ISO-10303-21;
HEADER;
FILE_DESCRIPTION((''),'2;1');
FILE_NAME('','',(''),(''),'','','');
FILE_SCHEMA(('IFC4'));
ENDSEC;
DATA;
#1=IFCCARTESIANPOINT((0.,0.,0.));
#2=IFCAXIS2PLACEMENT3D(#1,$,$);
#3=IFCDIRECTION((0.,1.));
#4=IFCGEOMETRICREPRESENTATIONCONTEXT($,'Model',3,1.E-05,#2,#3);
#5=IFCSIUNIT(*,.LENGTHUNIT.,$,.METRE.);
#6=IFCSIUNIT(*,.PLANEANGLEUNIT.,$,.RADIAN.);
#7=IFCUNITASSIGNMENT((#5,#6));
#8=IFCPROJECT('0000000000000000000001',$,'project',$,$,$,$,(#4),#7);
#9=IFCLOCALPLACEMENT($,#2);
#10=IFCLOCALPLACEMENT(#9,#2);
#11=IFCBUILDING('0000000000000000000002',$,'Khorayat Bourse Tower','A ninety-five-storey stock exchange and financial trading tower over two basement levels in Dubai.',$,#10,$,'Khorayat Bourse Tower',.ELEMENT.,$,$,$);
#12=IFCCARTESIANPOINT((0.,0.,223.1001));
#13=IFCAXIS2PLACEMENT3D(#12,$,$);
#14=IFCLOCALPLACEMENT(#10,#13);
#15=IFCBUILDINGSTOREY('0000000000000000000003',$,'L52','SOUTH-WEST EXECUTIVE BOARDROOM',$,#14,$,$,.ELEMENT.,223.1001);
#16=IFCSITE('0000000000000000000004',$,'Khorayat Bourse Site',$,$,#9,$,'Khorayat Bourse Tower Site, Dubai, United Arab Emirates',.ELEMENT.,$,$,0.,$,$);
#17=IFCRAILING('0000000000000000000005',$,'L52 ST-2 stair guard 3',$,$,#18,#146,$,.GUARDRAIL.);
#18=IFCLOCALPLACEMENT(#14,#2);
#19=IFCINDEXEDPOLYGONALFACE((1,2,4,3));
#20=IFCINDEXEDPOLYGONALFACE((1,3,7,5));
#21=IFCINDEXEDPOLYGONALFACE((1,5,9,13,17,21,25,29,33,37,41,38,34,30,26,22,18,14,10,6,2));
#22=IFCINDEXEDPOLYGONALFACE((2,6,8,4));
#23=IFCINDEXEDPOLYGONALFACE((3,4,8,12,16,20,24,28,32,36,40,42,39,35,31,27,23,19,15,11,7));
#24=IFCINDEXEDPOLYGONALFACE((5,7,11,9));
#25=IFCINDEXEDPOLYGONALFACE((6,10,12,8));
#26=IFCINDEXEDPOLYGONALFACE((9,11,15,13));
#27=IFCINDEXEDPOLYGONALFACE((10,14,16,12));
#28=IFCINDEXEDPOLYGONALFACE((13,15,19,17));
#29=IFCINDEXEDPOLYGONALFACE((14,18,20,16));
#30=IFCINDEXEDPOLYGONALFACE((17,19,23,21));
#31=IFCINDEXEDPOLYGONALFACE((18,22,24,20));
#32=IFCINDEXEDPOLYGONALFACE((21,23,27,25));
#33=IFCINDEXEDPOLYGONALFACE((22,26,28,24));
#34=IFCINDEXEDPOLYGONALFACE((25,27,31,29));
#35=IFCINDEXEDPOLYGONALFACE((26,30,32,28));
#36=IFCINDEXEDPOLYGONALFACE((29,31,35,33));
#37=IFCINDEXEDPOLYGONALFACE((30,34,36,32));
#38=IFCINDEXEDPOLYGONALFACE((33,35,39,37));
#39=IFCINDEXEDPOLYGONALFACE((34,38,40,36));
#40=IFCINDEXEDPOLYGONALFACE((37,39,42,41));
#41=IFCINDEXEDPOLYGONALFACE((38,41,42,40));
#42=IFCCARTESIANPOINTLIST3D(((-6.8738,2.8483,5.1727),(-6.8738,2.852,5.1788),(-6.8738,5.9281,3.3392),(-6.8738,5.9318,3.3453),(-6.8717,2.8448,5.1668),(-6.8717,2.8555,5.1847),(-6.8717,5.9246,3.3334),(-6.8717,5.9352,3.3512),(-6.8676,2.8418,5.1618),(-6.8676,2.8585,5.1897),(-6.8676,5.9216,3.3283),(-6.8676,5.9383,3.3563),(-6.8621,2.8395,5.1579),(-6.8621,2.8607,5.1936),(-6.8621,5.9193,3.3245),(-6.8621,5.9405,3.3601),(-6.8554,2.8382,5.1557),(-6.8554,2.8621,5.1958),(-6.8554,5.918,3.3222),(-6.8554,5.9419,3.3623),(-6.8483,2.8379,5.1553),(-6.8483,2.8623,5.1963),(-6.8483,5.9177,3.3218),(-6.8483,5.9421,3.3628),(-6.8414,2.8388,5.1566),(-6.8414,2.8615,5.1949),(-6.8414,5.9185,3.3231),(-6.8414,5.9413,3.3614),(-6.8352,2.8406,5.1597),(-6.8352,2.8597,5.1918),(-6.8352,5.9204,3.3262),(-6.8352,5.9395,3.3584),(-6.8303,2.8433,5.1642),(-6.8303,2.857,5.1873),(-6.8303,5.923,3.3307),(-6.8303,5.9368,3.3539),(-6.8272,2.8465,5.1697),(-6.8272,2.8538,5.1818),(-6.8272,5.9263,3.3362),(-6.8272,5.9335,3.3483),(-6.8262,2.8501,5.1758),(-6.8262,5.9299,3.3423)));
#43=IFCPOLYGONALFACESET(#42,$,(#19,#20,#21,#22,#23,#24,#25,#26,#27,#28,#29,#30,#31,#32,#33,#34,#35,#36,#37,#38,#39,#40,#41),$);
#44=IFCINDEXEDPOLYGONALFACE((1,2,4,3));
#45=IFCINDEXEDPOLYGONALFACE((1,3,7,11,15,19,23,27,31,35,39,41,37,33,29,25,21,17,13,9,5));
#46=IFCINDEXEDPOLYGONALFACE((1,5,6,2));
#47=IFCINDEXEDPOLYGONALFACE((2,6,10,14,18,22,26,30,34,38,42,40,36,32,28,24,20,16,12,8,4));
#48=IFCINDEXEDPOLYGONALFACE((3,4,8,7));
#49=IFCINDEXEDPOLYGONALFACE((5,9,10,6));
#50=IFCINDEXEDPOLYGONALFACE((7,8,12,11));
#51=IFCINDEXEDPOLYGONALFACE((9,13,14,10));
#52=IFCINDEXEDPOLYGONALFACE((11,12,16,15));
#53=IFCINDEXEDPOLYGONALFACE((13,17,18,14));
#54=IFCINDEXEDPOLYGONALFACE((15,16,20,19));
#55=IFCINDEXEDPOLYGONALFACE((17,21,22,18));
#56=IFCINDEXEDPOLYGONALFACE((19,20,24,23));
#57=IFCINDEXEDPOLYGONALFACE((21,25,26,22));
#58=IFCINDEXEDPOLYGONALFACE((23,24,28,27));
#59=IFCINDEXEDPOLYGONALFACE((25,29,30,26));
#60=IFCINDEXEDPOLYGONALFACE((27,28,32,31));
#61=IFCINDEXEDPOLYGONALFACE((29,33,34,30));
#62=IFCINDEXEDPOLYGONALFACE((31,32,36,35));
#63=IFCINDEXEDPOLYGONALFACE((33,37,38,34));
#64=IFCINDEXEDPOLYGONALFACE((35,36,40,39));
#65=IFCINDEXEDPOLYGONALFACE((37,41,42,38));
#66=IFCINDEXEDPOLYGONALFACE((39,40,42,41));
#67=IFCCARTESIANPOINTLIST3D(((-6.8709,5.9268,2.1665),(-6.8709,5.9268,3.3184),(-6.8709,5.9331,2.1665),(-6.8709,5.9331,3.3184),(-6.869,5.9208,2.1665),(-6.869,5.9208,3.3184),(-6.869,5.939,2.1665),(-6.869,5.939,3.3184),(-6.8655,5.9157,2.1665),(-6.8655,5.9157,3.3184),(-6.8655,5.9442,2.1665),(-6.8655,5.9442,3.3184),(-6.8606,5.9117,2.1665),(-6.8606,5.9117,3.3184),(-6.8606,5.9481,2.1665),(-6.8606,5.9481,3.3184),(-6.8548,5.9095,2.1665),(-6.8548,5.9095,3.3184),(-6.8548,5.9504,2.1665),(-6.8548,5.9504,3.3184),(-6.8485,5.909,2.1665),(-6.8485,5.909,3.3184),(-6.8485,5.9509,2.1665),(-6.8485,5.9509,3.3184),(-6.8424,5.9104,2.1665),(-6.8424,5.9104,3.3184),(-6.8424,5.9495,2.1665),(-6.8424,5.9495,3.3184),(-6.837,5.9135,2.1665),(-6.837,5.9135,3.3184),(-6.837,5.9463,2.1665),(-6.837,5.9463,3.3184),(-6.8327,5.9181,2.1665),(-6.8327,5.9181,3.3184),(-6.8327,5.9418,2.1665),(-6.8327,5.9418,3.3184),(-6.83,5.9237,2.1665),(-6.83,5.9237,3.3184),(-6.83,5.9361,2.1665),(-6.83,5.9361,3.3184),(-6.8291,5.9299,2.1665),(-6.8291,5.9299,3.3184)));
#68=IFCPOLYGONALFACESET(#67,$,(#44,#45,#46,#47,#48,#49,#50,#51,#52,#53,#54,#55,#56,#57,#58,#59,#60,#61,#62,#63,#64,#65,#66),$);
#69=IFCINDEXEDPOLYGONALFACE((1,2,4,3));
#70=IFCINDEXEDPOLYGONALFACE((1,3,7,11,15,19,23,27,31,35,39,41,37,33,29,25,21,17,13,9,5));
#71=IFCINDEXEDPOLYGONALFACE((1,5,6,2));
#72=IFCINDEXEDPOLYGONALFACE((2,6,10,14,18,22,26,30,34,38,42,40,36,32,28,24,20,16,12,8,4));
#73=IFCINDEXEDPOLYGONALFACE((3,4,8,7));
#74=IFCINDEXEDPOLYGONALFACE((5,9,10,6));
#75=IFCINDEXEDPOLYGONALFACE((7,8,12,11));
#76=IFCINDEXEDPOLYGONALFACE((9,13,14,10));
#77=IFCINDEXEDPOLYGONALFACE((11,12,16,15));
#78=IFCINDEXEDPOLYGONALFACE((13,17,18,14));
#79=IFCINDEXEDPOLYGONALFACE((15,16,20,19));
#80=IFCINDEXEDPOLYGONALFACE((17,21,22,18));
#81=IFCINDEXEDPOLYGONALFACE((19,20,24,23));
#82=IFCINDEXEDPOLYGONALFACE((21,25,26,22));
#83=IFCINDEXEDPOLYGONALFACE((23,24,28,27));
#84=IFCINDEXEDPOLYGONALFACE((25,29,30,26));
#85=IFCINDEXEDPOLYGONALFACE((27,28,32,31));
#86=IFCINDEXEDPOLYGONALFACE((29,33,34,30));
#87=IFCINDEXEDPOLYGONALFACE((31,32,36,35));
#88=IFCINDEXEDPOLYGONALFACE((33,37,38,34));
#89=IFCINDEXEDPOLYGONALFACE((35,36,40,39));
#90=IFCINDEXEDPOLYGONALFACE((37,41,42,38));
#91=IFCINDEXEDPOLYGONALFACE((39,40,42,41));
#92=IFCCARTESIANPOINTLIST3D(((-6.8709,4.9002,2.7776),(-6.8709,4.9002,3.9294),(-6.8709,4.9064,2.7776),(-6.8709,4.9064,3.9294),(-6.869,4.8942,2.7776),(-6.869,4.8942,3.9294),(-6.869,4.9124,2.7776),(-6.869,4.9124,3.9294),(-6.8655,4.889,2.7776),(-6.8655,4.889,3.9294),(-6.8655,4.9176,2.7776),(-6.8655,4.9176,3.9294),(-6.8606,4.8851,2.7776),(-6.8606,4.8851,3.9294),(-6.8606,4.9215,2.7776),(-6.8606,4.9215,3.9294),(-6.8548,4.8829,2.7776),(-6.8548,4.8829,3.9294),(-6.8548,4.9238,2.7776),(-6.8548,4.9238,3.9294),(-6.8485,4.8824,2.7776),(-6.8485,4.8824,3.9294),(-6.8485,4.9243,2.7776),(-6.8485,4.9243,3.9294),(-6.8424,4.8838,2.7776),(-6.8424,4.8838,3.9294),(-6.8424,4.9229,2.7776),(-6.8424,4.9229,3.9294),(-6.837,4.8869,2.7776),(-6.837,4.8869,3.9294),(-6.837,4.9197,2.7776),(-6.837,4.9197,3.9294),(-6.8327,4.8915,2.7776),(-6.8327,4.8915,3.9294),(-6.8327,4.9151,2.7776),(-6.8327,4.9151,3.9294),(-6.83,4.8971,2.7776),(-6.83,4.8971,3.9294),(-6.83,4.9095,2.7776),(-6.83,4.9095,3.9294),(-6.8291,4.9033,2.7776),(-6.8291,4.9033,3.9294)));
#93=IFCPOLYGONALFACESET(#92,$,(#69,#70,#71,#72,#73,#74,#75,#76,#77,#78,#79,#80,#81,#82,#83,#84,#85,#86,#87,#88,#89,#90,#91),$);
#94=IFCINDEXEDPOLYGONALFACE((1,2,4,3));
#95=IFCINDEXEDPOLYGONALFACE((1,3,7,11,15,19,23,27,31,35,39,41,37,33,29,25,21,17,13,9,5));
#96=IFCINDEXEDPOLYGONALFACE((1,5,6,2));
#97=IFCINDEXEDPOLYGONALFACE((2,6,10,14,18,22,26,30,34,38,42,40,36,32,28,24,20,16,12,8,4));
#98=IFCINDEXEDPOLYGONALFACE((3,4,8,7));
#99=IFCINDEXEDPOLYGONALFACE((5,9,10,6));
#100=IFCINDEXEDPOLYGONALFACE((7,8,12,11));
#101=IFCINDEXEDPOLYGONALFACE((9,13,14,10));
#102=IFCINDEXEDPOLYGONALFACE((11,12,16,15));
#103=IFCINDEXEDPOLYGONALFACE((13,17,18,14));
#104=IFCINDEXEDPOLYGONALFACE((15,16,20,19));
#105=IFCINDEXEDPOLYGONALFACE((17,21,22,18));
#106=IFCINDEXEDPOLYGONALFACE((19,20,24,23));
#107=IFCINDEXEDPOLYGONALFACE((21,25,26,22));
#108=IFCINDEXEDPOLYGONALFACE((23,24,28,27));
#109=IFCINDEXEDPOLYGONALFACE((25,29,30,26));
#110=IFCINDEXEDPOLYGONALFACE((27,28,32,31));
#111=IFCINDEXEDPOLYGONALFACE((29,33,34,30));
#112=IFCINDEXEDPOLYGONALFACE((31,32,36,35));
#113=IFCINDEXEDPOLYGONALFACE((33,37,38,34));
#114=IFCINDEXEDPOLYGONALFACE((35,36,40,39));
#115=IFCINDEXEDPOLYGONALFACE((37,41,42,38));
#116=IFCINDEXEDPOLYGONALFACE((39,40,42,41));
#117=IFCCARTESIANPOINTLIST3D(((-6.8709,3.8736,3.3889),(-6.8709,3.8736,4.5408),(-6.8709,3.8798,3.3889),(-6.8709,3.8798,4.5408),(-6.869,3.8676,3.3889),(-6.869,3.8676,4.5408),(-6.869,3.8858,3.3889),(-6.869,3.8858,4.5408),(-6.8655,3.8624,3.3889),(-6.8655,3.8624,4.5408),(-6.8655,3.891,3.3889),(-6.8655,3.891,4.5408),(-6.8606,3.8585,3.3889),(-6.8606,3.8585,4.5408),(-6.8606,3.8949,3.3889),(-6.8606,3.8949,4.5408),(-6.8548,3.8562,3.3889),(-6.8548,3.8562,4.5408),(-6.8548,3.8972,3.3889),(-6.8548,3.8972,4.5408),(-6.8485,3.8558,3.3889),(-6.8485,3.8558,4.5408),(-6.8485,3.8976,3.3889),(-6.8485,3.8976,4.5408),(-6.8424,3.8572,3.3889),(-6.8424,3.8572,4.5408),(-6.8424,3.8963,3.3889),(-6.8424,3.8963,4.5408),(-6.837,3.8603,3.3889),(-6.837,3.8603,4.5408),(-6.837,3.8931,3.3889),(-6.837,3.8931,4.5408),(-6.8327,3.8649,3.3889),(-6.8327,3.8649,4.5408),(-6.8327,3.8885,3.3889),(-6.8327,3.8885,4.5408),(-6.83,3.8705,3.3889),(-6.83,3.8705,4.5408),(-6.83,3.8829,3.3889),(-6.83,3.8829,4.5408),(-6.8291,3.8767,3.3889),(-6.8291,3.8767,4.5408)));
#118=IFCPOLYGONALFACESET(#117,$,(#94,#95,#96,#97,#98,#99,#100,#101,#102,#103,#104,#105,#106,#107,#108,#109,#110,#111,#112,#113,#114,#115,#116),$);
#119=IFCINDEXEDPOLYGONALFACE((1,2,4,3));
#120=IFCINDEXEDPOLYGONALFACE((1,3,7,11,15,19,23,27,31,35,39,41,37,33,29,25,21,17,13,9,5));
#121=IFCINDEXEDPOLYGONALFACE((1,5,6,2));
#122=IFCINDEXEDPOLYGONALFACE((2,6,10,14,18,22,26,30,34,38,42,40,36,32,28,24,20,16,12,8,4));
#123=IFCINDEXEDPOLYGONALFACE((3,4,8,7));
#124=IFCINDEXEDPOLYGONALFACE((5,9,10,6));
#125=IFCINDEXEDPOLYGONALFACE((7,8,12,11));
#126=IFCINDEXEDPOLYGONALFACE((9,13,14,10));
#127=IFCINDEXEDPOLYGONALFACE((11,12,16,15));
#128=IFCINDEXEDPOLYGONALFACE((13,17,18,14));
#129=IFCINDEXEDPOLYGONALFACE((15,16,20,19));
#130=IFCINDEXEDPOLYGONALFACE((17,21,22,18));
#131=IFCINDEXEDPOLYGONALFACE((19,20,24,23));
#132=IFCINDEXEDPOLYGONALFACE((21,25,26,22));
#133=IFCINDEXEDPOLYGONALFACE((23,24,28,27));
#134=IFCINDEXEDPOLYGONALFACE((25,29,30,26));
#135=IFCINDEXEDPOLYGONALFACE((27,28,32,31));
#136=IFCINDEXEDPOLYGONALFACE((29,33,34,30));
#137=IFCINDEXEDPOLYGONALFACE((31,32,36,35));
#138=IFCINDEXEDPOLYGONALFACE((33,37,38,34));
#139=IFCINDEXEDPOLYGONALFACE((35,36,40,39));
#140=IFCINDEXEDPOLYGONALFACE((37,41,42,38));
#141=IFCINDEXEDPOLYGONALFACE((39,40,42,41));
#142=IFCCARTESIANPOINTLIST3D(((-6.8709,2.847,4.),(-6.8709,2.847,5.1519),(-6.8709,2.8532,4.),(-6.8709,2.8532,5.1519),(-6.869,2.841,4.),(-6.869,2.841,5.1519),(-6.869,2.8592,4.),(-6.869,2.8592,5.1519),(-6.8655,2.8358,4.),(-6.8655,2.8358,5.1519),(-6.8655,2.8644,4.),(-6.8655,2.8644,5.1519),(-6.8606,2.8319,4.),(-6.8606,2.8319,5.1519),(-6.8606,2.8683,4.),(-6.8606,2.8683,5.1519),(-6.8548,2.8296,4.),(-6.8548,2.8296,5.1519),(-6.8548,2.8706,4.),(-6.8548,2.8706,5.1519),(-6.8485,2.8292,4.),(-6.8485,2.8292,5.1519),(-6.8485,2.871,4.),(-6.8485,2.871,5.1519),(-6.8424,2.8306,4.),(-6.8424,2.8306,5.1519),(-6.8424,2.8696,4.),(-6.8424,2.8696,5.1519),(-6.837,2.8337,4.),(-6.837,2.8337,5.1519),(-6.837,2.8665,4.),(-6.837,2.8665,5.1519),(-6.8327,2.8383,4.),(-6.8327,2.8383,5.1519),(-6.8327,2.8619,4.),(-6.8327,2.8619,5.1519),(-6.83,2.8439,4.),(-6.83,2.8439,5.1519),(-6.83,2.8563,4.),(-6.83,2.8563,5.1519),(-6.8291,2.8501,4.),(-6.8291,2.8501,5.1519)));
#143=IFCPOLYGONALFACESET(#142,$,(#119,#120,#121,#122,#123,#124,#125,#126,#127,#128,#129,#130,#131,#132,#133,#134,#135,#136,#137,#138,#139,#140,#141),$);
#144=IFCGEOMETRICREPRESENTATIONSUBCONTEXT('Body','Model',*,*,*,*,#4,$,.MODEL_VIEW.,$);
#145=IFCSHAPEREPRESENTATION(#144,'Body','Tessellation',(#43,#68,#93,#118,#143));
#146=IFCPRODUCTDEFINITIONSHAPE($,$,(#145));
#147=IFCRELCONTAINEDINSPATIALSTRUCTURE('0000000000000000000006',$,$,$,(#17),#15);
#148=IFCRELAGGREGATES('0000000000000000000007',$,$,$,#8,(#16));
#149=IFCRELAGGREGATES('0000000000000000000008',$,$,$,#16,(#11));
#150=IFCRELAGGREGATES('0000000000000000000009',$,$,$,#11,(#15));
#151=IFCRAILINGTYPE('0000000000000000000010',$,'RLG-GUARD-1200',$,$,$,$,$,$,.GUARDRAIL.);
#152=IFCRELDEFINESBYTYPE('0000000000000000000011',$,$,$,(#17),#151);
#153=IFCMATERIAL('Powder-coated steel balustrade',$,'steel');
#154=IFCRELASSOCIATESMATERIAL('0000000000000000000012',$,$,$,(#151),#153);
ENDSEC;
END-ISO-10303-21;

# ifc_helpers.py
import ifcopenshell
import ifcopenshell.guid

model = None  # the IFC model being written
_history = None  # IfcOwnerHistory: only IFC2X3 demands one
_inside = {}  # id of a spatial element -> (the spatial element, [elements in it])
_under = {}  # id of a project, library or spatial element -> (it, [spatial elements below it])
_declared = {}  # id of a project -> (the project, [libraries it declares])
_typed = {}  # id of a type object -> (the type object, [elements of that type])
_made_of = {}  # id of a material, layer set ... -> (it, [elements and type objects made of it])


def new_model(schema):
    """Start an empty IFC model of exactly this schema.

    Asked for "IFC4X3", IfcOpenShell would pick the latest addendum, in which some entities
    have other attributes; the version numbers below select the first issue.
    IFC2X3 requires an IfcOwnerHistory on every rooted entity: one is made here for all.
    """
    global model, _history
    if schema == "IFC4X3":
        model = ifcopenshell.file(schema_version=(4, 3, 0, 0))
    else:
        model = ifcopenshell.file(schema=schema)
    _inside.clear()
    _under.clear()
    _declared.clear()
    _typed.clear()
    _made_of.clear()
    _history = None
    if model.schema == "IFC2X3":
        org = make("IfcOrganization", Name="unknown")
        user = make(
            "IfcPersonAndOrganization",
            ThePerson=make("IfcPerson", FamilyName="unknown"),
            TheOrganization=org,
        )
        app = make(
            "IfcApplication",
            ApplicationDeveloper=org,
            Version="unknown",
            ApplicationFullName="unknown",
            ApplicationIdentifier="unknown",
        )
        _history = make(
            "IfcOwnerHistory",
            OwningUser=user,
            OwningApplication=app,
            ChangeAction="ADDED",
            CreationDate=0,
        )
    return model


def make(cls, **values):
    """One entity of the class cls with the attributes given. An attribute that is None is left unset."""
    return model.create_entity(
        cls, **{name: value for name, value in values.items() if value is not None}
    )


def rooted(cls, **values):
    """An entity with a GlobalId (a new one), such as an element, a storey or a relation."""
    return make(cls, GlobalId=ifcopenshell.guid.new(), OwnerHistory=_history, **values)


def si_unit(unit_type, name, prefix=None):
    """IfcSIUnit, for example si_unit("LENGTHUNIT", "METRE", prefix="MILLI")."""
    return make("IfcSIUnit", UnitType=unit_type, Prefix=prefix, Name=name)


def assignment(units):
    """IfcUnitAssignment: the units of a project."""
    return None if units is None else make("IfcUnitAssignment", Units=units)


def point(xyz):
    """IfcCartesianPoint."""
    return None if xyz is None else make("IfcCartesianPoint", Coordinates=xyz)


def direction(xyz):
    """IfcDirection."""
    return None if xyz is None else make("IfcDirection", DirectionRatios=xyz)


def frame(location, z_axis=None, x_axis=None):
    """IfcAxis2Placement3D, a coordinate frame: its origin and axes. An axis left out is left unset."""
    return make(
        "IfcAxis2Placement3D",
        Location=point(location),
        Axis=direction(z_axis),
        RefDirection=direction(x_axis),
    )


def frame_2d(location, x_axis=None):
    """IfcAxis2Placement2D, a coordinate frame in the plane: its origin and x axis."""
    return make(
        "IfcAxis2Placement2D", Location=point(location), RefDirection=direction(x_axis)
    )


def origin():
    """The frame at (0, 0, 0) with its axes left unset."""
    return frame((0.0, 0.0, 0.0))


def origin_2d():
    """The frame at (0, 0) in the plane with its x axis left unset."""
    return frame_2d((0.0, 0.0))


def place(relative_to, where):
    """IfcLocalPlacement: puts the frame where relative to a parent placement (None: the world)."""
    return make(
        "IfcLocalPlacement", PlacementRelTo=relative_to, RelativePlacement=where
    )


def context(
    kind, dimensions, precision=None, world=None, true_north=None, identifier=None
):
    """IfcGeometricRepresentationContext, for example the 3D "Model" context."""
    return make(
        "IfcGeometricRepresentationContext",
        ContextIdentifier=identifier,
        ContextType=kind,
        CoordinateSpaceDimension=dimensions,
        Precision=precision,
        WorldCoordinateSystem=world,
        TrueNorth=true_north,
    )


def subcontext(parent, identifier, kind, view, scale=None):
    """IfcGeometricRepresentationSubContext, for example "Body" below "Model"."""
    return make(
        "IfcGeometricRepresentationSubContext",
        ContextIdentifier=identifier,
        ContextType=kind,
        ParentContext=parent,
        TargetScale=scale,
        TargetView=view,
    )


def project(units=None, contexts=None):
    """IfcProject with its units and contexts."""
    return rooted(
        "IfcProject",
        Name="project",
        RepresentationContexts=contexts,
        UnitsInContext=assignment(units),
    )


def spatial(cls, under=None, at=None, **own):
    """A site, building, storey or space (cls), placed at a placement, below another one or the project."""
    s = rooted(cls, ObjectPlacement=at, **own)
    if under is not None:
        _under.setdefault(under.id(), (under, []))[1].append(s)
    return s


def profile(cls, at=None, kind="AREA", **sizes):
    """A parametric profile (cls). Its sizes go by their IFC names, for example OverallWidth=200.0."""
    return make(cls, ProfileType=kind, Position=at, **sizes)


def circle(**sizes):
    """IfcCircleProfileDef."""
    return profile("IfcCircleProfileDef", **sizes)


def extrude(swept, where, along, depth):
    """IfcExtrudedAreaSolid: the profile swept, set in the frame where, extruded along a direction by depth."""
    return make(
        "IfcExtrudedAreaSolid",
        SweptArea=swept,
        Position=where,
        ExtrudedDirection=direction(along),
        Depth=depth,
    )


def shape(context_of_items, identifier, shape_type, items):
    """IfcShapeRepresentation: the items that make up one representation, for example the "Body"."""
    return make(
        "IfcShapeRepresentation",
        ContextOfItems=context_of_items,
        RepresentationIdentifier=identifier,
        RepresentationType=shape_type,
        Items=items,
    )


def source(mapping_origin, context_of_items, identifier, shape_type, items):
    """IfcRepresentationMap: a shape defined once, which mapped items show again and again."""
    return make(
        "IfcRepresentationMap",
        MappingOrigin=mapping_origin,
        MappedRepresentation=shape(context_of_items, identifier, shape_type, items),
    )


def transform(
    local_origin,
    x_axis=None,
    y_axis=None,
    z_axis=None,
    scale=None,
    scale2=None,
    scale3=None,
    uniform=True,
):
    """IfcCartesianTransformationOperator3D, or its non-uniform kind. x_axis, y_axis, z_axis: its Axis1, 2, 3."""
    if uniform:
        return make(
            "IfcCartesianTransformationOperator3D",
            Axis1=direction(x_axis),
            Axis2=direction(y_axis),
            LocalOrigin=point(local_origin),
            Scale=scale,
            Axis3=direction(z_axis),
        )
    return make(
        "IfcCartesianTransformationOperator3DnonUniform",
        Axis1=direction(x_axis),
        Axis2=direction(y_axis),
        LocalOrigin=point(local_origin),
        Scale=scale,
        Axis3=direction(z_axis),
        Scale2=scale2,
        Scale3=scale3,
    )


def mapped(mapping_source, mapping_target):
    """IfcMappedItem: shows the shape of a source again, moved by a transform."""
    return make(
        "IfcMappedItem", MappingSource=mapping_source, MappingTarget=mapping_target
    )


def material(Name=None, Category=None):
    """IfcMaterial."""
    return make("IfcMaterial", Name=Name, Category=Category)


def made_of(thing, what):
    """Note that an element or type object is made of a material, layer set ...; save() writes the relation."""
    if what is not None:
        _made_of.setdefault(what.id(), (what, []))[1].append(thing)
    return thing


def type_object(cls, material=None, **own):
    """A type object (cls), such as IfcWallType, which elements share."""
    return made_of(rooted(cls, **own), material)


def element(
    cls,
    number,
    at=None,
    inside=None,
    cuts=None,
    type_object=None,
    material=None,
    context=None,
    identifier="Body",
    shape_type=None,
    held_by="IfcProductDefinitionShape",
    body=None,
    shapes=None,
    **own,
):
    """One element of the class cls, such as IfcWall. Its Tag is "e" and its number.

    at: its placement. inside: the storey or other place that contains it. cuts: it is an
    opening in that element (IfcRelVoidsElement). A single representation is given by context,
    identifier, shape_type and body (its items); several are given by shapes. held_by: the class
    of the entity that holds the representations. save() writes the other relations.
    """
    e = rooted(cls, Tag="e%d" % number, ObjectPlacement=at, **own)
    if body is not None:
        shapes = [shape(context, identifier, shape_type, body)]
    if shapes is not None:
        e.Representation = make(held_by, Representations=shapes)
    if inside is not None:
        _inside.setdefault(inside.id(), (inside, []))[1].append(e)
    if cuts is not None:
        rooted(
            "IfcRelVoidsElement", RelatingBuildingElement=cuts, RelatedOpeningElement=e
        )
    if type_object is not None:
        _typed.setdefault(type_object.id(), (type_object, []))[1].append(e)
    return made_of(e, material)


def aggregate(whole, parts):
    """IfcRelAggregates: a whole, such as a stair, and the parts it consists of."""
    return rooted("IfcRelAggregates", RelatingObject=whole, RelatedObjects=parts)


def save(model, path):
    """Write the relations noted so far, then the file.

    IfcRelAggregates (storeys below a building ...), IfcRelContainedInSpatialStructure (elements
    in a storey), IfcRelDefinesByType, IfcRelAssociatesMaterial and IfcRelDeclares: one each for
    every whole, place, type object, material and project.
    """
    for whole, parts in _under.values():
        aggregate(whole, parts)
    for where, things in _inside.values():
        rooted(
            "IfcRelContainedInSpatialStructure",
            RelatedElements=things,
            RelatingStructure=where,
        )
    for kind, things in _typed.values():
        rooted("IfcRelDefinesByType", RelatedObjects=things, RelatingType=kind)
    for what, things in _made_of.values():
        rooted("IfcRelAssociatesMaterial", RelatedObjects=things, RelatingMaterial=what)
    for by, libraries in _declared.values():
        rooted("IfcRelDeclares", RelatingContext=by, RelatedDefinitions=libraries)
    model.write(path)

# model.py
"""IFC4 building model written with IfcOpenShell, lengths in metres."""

from ifc_helpers import new_model, si_unit, direction, frame, origin, origin_2d, place, context, subcontext, project, spatial, circle, extrude, source, transform, mapped, material, type_object, element, save


model = new_model("IFC4")

# Units and contexts
model_context = context("Model", 3, precision=1e-05, world=origin(), true_north=direction((0.0, 1.0)))
body_context = subcontext(model_context, "Body", "Model", "MODEL_VIEW")
ifc_project = project(units=[si_unit("LENGTHUNIT", "METRE"), si_unit("PLANEANGLEUNIT", "RADIAN")], contexts=[model_context])

# Site, building, storey
site_placement = place(None, origin())
site = spatial("IfcSite", under=ifc_project, at=site_placement, Name="Khorayat Bourse Site", LongName="Khorayat Bourse Tower Site, Dubai, United Arab Emirates", CompositionType="ELEMENT", RefElevation=0.0)
building_placement = place(site_placement, origin())
building = spatial("IfcBuilding", under=site, at=building_placement, Name="Khorayat Bourse Tower", Description="A ninety-five-storey stock exchange and financial trading tower over two basement levels in Dubai.", LongName="Khorayat Bourse Tower", CompositionType="ELEMENT")
storey_placement = place(building_placement, frame((0.0, 0.0, 223.1001)))
storey = spatial("IfcBuildingStorey", under=building, at=storey_placement, Name="L52", Description="SOUTH-WEST EXECUTIVE BOARDROOM", CompositionType="ELEMENT", Elevation=223.1001)

# Railing
ifc_material_1 = material(Name="Powder-coated steel balustrade", Category="steel")
railing_type_1 = type_object("IfcRailingType", Name="RLG-GUARD-1200", PredefinedType="GUARDRAIL", material=ifc_material_1)
shared_shape_1 = source(origin(), body_context, "Body", "SweptSolid", [
    extrude(circle(Radius=0.0239, at=origin_2d()), frame((0.0, 0.0, 1.1758), z_axis=(0.0, -0.859261, 0.511538), x_axis=(1.0, 0.0, 0.0)), (0.0, 0.0, 1.0), 3.5842),
    extrude(circle(Radius=0.021, at=origin_2d()), origin(), (0.0, 0.0, 1.0), 1.1519),
    extrude(circle(Radius=0.021, at=origin_2d()), frame((0.0, -1.0266, 0.6111)), (0.0, 0.0, 1.0), 1.1519),
    extrude(circle(Radius=0.021, at=origin_2d()), frame((0.0, -2.0532, 1.2224)), (0.0, 0.0, 1.0), 1.1519),
    extrude(circle(Radius=0.021, at=origin_2d()), frame((0.0, -3.0798, 1.8335)), (0.0, 0.0, 1.0), 1.1519),
])
railing_1_placement = place(storey_placement, frame((-6.8501, 5.9299, 2.1665)))
element("IfcRailing", 1, at=railing_1_placement, inside=storey, type_object=railing_type_1, Name="L52 ST-2 stair guard 3", PredefinedType="GUARDRAIL", context=body_context, shape_type="MappedRepresentation", body=[
    mapped(shared_shape_1, transform((0.0, 0.0, 0.0), scale=1.0)),
])

save(model, "model.ifc")
